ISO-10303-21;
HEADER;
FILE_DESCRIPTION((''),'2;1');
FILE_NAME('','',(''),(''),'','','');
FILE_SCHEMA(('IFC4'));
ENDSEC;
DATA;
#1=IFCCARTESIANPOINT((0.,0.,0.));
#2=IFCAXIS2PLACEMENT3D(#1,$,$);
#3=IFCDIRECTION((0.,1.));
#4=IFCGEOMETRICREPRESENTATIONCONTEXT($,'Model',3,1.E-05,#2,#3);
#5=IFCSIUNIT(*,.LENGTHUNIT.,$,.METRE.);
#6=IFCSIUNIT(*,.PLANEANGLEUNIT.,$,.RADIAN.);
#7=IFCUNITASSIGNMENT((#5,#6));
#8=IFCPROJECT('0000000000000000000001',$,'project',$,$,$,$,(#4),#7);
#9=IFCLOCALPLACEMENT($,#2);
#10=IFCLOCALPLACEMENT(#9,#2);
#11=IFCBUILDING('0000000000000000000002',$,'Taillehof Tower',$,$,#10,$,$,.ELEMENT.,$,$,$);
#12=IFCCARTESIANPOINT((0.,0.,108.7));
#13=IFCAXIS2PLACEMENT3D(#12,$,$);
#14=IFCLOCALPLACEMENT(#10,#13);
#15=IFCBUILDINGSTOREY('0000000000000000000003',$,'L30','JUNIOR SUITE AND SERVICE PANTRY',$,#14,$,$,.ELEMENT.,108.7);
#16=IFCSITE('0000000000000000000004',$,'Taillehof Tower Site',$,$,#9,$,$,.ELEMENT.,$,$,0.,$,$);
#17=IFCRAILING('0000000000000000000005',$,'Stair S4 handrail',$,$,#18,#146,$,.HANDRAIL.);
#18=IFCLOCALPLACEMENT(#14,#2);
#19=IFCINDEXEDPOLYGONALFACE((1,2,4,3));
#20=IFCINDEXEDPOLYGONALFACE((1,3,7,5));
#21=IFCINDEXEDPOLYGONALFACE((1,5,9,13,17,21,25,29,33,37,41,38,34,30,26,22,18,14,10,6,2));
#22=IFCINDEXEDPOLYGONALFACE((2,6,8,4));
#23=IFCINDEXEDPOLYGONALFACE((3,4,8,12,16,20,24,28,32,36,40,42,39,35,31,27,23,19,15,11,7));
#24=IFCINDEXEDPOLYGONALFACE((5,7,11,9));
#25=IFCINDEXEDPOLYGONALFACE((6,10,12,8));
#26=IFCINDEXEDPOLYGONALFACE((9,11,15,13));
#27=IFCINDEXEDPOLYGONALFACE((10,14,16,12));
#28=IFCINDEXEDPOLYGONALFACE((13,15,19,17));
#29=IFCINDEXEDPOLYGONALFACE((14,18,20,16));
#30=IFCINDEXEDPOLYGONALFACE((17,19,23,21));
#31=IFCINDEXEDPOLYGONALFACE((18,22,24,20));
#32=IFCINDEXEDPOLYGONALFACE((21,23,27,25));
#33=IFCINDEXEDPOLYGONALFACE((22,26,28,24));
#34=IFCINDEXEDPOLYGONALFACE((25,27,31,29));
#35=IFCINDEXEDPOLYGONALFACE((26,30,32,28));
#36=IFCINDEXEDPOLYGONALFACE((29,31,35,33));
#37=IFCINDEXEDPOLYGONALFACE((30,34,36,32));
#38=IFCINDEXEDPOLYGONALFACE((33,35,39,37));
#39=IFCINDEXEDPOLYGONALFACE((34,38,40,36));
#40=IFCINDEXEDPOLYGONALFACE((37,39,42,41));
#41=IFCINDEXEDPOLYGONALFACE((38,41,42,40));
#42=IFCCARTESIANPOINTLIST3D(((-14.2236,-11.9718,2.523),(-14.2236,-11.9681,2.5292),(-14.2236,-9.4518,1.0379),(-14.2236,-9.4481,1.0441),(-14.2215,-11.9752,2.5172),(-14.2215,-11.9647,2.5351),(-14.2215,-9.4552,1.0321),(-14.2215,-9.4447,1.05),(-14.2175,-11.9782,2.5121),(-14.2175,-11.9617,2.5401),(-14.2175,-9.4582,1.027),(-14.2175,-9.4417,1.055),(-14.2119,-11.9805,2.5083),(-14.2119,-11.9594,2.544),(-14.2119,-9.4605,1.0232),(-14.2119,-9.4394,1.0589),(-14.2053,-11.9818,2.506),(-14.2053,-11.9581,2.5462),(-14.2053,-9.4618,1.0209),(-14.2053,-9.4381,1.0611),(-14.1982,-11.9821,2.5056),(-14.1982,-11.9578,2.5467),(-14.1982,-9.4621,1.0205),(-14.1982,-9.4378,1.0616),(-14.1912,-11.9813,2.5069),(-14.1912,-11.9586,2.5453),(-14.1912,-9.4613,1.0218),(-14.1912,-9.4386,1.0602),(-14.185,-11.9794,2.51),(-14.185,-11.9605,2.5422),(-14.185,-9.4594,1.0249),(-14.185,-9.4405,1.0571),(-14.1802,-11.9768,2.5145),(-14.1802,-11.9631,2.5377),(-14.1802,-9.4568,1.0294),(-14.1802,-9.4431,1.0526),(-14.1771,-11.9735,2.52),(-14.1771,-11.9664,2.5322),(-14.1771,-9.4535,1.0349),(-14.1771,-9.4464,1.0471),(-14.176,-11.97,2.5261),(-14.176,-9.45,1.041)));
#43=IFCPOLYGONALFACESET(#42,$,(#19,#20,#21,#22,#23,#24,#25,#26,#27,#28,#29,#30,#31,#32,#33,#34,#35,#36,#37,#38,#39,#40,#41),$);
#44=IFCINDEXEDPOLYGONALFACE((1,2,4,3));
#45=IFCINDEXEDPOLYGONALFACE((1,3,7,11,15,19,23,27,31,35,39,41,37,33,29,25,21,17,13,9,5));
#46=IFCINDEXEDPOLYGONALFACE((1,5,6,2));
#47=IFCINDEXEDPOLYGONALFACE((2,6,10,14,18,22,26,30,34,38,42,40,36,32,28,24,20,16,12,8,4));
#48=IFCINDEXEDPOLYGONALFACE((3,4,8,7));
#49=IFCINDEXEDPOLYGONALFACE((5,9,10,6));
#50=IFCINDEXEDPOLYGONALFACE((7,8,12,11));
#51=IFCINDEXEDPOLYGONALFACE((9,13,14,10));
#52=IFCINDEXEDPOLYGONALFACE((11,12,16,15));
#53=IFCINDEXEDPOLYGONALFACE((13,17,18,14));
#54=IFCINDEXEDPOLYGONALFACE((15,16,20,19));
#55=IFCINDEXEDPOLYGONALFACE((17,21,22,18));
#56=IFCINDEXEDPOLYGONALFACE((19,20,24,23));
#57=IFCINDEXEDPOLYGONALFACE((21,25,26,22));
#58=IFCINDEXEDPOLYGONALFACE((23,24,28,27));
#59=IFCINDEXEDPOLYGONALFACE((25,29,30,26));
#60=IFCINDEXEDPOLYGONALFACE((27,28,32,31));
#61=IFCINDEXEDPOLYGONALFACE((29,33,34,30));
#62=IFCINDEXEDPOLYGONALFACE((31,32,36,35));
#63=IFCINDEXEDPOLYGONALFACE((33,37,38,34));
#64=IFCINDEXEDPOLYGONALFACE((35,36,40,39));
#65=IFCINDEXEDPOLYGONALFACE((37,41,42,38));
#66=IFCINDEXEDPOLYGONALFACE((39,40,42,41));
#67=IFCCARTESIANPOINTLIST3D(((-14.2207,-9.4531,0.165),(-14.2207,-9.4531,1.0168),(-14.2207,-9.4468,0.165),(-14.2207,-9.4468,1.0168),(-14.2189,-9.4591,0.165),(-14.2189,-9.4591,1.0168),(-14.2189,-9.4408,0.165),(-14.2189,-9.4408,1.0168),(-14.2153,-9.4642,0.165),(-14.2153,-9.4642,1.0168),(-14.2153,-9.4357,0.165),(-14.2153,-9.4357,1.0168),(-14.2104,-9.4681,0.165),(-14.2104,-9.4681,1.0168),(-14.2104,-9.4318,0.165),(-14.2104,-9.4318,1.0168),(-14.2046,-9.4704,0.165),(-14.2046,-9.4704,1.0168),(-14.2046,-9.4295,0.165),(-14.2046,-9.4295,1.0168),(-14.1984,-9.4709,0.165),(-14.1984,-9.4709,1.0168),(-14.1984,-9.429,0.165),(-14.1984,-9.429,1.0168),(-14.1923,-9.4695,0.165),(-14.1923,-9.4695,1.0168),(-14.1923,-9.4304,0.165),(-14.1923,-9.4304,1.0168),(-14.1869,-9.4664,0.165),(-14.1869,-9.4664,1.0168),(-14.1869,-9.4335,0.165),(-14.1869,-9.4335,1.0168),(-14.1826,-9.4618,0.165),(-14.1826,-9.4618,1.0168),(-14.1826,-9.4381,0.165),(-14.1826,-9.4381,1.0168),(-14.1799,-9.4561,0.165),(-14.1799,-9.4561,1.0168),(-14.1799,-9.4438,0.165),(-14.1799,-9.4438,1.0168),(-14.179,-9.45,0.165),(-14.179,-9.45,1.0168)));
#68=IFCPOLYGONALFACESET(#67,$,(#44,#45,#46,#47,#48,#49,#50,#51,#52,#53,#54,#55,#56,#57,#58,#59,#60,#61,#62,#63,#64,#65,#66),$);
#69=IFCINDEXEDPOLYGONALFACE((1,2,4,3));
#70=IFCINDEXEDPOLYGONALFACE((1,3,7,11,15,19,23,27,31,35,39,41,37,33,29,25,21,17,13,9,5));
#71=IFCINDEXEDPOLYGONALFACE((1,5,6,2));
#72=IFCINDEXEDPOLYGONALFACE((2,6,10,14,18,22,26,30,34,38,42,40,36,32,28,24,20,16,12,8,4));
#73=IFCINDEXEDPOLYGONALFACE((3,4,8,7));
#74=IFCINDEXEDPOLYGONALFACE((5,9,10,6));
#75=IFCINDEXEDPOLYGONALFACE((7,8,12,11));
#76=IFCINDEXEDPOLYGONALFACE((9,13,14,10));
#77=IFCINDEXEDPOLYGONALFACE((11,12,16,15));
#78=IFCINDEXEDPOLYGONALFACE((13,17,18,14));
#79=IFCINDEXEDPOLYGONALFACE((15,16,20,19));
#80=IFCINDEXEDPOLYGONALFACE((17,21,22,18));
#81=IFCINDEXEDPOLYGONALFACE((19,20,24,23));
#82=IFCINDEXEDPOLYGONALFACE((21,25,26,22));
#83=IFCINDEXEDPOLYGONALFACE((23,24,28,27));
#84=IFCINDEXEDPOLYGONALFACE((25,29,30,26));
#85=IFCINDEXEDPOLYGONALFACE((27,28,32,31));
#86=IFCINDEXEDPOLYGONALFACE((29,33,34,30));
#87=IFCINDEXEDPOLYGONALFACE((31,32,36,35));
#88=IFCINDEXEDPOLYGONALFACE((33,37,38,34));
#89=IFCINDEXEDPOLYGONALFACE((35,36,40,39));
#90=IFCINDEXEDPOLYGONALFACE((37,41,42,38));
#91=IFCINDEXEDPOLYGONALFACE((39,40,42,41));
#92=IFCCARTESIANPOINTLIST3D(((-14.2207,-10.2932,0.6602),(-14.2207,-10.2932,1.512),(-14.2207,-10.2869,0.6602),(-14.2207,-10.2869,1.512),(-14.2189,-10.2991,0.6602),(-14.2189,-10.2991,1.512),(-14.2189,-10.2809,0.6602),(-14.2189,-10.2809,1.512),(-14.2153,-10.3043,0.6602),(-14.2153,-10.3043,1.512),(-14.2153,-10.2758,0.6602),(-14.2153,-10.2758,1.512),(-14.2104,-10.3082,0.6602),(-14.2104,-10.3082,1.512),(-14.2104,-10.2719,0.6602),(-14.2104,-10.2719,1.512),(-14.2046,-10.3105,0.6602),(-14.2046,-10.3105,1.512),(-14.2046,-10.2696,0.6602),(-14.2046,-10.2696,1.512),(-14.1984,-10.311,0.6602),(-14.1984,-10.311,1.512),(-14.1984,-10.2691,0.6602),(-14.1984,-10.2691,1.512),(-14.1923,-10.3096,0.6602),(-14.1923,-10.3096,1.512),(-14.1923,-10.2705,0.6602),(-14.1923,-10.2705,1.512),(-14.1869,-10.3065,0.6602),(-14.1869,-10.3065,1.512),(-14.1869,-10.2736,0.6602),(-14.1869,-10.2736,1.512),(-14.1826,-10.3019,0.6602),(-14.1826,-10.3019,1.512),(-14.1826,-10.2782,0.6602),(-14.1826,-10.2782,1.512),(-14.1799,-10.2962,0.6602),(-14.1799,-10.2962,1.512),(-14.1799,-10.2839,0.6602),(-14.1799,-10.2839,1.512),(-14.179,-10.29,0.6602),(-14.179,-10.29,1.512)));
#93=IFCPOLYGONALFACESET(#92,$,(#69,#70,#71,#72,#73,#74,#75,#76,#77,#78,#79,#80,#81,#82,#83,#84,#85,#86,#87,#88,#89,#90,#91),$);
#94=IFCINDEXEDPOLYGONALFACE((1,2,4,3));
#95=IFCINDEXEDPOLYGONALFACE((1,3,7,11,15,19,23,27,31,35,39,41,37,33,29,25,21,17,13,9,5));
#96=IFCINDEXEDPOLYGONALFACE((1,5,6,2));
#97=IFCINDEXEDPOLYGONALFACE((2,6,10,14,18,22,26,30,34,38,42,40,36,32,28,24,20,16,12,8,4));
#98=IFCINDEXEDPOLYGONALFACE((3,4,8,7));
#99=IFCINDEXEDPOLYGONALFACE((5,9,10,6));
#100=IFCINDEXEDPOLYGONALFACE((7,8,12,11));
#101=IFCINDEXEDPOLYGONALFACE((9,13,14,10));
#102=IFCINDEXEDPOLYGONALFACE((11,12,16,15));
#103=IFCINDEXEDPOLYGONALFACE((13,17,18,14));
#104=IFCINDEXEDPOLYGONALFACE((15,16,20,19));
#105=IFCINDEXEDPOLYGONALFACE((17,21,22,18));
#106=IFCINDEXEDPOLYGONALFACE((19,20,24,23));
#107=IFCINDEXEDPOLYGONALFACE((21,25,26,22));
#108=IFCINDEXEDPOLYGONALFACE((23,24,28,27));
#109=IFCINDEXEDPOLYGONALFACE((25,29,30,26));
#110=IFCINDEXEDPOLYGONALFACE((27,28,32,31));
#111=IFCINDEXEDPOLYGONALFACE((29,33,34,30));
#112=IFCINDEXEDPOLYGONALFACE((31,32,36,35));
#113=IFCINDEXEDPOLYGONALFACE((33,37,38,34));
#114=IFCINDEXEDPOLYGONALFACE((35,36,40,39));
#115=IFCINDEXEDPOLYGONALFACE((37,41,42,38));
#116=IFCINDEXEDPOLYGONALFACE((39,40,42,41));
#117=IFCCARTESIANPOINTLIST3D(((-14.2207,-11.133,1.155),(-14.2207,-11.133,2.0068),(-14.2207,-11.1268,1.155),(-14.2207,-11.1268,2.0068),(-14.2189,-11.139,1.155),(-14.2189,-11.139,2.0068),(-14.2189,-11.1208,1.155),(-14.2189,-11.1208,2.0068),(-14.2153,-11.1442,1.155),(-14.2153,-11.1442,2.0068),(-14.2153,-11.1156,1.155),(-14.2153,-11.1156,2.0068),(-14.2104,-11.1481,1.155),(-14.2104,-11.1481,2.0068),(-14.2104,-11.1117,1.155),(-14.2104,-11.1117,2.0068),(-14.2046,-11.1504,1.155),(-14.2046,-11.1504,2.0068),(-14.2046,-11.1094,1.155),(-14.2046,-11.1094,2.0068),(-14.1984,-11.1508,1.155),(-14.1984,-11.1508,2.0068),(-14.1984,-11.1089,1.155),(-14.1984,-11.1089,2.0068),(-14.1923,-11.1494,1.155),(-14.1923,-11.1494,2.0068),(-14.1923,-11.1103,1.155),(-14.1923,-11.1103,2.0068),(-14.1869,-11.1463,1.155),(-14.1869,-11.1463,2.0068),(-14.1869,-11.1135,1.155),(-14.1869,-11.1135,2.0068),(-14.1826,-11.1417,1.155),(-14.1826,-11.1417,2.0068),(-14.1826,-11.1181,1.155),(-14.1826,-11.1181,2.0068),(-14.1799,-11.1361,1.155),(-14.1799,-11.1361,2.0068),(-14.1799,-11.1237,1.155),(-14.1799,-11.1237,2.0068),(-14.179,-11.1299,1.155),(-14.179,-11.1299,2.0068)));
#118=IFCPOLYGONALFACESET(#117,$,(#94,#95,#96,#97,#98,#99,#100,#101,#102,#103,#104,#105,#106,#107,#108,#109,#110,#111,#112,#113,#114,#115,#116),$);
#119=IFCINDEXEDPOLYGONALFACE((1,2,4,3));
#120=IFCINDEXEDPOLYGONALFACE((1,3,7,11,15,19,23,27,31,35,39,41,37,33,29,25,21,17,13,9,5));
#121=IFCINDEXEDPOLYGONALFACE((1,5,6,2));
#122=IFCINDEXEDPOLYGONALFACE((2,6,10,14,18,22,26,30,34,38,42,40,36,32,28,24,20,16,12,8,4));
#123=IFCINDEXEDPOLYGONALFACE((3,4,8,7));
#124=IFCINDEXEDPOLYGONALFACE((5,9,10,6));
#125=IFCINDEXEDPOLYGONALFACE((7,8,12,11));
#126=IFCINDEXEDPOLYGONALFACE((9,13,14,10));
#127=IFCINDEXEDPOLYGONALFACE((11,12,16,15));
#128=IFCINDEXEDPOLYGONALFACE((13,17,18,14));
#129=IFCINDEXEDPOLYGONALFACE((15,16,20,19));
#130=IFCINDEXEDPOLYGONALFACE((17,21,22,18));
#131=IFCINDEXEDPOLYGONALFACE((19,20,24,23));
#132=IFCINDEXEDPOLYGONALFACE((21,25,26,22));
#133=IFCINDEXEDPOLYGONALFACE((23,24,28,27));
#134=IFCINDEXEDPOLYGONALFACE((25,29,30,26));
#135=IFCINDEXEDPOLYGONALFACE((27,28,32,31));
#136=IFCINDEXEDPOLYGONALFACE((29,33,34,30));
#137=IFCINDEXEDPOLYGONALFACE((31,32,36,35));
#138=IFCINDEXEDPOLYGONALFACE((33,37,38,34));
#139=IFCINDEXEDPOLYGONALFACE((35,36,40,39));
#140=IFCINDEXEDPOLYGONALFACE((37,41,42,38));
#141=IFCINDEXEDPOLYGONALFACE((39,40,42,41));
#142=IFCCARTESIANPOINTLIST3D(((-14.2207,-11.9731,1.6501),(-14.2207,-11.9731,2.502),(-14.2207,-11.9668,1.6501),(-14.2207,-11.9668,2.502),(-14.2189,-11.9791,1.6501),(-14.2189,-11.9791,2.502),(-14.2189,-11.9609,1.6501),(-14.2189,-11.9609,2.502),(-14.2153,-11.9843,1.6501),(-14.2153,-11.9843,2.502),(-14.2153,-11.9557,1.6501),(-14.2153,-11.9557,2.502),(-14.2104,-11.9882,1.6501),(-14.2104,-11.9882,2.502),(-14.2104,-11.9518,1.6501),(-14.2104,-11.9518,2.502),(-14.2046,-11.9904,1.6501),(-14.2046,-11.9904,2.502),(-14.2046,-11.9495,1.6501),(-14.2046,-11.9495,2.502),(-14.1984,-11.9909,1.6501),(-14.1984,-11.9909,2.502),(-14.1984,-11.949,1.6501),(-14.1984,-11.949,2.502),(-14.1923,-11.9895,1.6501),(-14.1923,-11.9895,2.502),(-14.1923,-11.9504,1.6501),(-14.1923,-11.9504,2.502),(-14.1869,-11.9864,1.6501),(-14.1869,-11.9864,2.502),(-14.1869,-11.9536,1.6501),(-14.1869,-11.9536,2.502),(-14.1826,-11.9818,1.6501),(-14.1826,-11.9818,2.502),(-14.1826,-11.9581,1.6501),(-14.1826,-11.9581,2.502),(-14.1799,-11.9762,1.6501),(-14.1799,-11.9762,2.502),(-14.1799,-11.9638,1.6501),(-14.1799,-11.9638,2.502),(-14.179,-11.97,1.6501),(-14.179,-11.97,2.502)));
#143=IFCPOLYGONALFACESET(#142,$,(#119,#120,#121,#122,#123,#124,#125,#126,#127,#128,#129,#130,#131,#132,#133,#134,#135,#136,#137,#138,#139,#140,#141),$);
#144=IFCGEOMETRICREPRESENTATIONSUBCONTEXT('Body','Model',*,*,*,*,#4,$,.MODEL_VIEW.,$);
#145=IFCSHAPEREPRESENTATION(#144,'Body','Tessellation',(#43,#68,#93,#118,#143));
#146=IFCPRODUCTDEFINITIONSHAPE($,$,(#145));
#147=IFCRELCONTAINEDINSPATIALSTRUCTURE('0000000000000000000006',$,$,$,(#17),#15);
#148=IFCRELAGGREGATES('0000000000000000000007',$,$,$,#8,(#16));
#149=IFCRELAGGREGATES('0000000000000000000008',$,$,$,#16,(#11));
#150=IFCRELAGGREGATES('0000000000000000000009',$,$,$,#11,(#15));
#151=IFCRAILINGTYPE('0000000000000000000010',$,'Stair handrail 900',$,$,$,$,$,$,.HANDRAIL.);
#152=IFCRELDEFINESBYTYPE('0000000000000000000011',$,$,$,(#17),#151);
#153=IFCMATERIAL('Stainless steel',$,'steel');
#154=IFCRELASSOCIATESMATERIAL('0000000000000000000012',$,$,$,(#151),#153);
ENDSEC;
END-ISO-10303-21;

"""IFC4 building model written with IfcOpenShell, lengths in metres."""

from ifc_helpers import new_model, si_unit, direction, frame, origin, origin_2d, place, context, subcontext, project, spatial, circle, extrude, material, type_object, element, save


model = new_model("IFC4")

# Units and contexts
model_context = context("Model", 3, precision=1e-05, world=origin(), true_north=direction((0.0, 1.0)))
body_context = subcontext(model_context, "Body", "Model", "MODEL_VIEW")
ifc_project = project(units=[si_unit("LENGTHUNIT", "METRE"), si_unit("PLANEANGLEUNIT", "RADIAN")], contexts=[model_context])

# Site, building, storey
site_placement = place(None, origin())
site = spatial("IfcSite", under=ifc_project, at=site_placement, Name="Taillehof Tower Site", CompositionType="ELEMENT", RefElevation=0.0)
building_placement = place(site_placement, origin())
building = spatial("IfcBuilding", under=site, at=building_placement, Name="Taillehof Tower", CompositionType="ELEMENT")
storey_placement = place(building_placement, frame((0.0, 0.0, 108.7)))
storey = spatial("IfcBuildingStorey", under=building, at=storey_placement, Name="L30", Description="JUNIOR SUITE AND SERVICE PANTRY", CompositionType="ELEMENT", Elevation=108.7)

# Railing
ifc_material_1 = material(Name="Stainless steel", Category="steel")
railing_type = type_object("IfcRailingType", Name="Stair handrail 900", PredefinedType="HANDRAIL", material=ifc_material_1)
railing_placement = place(storey_placement, frame((-14.2, -9.45, 0.165)))
element("IfcRailing", 1, at=railing_placement, inside=storey, type_object=railing_type, Name="Stair S4 handrail", PredefinedType="HANDRAIL", context=body_context, shape_type="SweptSolid", body=[
    extrude(circle(Radius=0.0239, at=origin_2d()), frame((0.0, 0.0, 0.876), z_axis=(0.0, -0.861524, 0.507717), x_axis=(1.0, 0.0, 0.0)), (0.0, 0.0, 1.0), 2.925),
    extrude(circle(Radius=0.021, at=origin_2d()), origin(), (0.0, 0.0, 1.0), 0.8518),
    extrude(circle(Radius=0.021, at=origin_2d()), frame((0.0, -0.8401, 0.4951)), (0.0, 0.0, 1.0), 0.8518),
    extrude(circle(Radius=0.021, at=origin_2d()), frame((0.0, -1.6799, 0.99)), (0.0, 0.0, 1.0), 0.8518),
    extrude(circle(Radius=0.021, at=origin_2d()), frame((0.0, -2.52, 1.4851)), (0.0, 0.0, 1.0), 0.8518),
])

save(model, "model.ifc")
